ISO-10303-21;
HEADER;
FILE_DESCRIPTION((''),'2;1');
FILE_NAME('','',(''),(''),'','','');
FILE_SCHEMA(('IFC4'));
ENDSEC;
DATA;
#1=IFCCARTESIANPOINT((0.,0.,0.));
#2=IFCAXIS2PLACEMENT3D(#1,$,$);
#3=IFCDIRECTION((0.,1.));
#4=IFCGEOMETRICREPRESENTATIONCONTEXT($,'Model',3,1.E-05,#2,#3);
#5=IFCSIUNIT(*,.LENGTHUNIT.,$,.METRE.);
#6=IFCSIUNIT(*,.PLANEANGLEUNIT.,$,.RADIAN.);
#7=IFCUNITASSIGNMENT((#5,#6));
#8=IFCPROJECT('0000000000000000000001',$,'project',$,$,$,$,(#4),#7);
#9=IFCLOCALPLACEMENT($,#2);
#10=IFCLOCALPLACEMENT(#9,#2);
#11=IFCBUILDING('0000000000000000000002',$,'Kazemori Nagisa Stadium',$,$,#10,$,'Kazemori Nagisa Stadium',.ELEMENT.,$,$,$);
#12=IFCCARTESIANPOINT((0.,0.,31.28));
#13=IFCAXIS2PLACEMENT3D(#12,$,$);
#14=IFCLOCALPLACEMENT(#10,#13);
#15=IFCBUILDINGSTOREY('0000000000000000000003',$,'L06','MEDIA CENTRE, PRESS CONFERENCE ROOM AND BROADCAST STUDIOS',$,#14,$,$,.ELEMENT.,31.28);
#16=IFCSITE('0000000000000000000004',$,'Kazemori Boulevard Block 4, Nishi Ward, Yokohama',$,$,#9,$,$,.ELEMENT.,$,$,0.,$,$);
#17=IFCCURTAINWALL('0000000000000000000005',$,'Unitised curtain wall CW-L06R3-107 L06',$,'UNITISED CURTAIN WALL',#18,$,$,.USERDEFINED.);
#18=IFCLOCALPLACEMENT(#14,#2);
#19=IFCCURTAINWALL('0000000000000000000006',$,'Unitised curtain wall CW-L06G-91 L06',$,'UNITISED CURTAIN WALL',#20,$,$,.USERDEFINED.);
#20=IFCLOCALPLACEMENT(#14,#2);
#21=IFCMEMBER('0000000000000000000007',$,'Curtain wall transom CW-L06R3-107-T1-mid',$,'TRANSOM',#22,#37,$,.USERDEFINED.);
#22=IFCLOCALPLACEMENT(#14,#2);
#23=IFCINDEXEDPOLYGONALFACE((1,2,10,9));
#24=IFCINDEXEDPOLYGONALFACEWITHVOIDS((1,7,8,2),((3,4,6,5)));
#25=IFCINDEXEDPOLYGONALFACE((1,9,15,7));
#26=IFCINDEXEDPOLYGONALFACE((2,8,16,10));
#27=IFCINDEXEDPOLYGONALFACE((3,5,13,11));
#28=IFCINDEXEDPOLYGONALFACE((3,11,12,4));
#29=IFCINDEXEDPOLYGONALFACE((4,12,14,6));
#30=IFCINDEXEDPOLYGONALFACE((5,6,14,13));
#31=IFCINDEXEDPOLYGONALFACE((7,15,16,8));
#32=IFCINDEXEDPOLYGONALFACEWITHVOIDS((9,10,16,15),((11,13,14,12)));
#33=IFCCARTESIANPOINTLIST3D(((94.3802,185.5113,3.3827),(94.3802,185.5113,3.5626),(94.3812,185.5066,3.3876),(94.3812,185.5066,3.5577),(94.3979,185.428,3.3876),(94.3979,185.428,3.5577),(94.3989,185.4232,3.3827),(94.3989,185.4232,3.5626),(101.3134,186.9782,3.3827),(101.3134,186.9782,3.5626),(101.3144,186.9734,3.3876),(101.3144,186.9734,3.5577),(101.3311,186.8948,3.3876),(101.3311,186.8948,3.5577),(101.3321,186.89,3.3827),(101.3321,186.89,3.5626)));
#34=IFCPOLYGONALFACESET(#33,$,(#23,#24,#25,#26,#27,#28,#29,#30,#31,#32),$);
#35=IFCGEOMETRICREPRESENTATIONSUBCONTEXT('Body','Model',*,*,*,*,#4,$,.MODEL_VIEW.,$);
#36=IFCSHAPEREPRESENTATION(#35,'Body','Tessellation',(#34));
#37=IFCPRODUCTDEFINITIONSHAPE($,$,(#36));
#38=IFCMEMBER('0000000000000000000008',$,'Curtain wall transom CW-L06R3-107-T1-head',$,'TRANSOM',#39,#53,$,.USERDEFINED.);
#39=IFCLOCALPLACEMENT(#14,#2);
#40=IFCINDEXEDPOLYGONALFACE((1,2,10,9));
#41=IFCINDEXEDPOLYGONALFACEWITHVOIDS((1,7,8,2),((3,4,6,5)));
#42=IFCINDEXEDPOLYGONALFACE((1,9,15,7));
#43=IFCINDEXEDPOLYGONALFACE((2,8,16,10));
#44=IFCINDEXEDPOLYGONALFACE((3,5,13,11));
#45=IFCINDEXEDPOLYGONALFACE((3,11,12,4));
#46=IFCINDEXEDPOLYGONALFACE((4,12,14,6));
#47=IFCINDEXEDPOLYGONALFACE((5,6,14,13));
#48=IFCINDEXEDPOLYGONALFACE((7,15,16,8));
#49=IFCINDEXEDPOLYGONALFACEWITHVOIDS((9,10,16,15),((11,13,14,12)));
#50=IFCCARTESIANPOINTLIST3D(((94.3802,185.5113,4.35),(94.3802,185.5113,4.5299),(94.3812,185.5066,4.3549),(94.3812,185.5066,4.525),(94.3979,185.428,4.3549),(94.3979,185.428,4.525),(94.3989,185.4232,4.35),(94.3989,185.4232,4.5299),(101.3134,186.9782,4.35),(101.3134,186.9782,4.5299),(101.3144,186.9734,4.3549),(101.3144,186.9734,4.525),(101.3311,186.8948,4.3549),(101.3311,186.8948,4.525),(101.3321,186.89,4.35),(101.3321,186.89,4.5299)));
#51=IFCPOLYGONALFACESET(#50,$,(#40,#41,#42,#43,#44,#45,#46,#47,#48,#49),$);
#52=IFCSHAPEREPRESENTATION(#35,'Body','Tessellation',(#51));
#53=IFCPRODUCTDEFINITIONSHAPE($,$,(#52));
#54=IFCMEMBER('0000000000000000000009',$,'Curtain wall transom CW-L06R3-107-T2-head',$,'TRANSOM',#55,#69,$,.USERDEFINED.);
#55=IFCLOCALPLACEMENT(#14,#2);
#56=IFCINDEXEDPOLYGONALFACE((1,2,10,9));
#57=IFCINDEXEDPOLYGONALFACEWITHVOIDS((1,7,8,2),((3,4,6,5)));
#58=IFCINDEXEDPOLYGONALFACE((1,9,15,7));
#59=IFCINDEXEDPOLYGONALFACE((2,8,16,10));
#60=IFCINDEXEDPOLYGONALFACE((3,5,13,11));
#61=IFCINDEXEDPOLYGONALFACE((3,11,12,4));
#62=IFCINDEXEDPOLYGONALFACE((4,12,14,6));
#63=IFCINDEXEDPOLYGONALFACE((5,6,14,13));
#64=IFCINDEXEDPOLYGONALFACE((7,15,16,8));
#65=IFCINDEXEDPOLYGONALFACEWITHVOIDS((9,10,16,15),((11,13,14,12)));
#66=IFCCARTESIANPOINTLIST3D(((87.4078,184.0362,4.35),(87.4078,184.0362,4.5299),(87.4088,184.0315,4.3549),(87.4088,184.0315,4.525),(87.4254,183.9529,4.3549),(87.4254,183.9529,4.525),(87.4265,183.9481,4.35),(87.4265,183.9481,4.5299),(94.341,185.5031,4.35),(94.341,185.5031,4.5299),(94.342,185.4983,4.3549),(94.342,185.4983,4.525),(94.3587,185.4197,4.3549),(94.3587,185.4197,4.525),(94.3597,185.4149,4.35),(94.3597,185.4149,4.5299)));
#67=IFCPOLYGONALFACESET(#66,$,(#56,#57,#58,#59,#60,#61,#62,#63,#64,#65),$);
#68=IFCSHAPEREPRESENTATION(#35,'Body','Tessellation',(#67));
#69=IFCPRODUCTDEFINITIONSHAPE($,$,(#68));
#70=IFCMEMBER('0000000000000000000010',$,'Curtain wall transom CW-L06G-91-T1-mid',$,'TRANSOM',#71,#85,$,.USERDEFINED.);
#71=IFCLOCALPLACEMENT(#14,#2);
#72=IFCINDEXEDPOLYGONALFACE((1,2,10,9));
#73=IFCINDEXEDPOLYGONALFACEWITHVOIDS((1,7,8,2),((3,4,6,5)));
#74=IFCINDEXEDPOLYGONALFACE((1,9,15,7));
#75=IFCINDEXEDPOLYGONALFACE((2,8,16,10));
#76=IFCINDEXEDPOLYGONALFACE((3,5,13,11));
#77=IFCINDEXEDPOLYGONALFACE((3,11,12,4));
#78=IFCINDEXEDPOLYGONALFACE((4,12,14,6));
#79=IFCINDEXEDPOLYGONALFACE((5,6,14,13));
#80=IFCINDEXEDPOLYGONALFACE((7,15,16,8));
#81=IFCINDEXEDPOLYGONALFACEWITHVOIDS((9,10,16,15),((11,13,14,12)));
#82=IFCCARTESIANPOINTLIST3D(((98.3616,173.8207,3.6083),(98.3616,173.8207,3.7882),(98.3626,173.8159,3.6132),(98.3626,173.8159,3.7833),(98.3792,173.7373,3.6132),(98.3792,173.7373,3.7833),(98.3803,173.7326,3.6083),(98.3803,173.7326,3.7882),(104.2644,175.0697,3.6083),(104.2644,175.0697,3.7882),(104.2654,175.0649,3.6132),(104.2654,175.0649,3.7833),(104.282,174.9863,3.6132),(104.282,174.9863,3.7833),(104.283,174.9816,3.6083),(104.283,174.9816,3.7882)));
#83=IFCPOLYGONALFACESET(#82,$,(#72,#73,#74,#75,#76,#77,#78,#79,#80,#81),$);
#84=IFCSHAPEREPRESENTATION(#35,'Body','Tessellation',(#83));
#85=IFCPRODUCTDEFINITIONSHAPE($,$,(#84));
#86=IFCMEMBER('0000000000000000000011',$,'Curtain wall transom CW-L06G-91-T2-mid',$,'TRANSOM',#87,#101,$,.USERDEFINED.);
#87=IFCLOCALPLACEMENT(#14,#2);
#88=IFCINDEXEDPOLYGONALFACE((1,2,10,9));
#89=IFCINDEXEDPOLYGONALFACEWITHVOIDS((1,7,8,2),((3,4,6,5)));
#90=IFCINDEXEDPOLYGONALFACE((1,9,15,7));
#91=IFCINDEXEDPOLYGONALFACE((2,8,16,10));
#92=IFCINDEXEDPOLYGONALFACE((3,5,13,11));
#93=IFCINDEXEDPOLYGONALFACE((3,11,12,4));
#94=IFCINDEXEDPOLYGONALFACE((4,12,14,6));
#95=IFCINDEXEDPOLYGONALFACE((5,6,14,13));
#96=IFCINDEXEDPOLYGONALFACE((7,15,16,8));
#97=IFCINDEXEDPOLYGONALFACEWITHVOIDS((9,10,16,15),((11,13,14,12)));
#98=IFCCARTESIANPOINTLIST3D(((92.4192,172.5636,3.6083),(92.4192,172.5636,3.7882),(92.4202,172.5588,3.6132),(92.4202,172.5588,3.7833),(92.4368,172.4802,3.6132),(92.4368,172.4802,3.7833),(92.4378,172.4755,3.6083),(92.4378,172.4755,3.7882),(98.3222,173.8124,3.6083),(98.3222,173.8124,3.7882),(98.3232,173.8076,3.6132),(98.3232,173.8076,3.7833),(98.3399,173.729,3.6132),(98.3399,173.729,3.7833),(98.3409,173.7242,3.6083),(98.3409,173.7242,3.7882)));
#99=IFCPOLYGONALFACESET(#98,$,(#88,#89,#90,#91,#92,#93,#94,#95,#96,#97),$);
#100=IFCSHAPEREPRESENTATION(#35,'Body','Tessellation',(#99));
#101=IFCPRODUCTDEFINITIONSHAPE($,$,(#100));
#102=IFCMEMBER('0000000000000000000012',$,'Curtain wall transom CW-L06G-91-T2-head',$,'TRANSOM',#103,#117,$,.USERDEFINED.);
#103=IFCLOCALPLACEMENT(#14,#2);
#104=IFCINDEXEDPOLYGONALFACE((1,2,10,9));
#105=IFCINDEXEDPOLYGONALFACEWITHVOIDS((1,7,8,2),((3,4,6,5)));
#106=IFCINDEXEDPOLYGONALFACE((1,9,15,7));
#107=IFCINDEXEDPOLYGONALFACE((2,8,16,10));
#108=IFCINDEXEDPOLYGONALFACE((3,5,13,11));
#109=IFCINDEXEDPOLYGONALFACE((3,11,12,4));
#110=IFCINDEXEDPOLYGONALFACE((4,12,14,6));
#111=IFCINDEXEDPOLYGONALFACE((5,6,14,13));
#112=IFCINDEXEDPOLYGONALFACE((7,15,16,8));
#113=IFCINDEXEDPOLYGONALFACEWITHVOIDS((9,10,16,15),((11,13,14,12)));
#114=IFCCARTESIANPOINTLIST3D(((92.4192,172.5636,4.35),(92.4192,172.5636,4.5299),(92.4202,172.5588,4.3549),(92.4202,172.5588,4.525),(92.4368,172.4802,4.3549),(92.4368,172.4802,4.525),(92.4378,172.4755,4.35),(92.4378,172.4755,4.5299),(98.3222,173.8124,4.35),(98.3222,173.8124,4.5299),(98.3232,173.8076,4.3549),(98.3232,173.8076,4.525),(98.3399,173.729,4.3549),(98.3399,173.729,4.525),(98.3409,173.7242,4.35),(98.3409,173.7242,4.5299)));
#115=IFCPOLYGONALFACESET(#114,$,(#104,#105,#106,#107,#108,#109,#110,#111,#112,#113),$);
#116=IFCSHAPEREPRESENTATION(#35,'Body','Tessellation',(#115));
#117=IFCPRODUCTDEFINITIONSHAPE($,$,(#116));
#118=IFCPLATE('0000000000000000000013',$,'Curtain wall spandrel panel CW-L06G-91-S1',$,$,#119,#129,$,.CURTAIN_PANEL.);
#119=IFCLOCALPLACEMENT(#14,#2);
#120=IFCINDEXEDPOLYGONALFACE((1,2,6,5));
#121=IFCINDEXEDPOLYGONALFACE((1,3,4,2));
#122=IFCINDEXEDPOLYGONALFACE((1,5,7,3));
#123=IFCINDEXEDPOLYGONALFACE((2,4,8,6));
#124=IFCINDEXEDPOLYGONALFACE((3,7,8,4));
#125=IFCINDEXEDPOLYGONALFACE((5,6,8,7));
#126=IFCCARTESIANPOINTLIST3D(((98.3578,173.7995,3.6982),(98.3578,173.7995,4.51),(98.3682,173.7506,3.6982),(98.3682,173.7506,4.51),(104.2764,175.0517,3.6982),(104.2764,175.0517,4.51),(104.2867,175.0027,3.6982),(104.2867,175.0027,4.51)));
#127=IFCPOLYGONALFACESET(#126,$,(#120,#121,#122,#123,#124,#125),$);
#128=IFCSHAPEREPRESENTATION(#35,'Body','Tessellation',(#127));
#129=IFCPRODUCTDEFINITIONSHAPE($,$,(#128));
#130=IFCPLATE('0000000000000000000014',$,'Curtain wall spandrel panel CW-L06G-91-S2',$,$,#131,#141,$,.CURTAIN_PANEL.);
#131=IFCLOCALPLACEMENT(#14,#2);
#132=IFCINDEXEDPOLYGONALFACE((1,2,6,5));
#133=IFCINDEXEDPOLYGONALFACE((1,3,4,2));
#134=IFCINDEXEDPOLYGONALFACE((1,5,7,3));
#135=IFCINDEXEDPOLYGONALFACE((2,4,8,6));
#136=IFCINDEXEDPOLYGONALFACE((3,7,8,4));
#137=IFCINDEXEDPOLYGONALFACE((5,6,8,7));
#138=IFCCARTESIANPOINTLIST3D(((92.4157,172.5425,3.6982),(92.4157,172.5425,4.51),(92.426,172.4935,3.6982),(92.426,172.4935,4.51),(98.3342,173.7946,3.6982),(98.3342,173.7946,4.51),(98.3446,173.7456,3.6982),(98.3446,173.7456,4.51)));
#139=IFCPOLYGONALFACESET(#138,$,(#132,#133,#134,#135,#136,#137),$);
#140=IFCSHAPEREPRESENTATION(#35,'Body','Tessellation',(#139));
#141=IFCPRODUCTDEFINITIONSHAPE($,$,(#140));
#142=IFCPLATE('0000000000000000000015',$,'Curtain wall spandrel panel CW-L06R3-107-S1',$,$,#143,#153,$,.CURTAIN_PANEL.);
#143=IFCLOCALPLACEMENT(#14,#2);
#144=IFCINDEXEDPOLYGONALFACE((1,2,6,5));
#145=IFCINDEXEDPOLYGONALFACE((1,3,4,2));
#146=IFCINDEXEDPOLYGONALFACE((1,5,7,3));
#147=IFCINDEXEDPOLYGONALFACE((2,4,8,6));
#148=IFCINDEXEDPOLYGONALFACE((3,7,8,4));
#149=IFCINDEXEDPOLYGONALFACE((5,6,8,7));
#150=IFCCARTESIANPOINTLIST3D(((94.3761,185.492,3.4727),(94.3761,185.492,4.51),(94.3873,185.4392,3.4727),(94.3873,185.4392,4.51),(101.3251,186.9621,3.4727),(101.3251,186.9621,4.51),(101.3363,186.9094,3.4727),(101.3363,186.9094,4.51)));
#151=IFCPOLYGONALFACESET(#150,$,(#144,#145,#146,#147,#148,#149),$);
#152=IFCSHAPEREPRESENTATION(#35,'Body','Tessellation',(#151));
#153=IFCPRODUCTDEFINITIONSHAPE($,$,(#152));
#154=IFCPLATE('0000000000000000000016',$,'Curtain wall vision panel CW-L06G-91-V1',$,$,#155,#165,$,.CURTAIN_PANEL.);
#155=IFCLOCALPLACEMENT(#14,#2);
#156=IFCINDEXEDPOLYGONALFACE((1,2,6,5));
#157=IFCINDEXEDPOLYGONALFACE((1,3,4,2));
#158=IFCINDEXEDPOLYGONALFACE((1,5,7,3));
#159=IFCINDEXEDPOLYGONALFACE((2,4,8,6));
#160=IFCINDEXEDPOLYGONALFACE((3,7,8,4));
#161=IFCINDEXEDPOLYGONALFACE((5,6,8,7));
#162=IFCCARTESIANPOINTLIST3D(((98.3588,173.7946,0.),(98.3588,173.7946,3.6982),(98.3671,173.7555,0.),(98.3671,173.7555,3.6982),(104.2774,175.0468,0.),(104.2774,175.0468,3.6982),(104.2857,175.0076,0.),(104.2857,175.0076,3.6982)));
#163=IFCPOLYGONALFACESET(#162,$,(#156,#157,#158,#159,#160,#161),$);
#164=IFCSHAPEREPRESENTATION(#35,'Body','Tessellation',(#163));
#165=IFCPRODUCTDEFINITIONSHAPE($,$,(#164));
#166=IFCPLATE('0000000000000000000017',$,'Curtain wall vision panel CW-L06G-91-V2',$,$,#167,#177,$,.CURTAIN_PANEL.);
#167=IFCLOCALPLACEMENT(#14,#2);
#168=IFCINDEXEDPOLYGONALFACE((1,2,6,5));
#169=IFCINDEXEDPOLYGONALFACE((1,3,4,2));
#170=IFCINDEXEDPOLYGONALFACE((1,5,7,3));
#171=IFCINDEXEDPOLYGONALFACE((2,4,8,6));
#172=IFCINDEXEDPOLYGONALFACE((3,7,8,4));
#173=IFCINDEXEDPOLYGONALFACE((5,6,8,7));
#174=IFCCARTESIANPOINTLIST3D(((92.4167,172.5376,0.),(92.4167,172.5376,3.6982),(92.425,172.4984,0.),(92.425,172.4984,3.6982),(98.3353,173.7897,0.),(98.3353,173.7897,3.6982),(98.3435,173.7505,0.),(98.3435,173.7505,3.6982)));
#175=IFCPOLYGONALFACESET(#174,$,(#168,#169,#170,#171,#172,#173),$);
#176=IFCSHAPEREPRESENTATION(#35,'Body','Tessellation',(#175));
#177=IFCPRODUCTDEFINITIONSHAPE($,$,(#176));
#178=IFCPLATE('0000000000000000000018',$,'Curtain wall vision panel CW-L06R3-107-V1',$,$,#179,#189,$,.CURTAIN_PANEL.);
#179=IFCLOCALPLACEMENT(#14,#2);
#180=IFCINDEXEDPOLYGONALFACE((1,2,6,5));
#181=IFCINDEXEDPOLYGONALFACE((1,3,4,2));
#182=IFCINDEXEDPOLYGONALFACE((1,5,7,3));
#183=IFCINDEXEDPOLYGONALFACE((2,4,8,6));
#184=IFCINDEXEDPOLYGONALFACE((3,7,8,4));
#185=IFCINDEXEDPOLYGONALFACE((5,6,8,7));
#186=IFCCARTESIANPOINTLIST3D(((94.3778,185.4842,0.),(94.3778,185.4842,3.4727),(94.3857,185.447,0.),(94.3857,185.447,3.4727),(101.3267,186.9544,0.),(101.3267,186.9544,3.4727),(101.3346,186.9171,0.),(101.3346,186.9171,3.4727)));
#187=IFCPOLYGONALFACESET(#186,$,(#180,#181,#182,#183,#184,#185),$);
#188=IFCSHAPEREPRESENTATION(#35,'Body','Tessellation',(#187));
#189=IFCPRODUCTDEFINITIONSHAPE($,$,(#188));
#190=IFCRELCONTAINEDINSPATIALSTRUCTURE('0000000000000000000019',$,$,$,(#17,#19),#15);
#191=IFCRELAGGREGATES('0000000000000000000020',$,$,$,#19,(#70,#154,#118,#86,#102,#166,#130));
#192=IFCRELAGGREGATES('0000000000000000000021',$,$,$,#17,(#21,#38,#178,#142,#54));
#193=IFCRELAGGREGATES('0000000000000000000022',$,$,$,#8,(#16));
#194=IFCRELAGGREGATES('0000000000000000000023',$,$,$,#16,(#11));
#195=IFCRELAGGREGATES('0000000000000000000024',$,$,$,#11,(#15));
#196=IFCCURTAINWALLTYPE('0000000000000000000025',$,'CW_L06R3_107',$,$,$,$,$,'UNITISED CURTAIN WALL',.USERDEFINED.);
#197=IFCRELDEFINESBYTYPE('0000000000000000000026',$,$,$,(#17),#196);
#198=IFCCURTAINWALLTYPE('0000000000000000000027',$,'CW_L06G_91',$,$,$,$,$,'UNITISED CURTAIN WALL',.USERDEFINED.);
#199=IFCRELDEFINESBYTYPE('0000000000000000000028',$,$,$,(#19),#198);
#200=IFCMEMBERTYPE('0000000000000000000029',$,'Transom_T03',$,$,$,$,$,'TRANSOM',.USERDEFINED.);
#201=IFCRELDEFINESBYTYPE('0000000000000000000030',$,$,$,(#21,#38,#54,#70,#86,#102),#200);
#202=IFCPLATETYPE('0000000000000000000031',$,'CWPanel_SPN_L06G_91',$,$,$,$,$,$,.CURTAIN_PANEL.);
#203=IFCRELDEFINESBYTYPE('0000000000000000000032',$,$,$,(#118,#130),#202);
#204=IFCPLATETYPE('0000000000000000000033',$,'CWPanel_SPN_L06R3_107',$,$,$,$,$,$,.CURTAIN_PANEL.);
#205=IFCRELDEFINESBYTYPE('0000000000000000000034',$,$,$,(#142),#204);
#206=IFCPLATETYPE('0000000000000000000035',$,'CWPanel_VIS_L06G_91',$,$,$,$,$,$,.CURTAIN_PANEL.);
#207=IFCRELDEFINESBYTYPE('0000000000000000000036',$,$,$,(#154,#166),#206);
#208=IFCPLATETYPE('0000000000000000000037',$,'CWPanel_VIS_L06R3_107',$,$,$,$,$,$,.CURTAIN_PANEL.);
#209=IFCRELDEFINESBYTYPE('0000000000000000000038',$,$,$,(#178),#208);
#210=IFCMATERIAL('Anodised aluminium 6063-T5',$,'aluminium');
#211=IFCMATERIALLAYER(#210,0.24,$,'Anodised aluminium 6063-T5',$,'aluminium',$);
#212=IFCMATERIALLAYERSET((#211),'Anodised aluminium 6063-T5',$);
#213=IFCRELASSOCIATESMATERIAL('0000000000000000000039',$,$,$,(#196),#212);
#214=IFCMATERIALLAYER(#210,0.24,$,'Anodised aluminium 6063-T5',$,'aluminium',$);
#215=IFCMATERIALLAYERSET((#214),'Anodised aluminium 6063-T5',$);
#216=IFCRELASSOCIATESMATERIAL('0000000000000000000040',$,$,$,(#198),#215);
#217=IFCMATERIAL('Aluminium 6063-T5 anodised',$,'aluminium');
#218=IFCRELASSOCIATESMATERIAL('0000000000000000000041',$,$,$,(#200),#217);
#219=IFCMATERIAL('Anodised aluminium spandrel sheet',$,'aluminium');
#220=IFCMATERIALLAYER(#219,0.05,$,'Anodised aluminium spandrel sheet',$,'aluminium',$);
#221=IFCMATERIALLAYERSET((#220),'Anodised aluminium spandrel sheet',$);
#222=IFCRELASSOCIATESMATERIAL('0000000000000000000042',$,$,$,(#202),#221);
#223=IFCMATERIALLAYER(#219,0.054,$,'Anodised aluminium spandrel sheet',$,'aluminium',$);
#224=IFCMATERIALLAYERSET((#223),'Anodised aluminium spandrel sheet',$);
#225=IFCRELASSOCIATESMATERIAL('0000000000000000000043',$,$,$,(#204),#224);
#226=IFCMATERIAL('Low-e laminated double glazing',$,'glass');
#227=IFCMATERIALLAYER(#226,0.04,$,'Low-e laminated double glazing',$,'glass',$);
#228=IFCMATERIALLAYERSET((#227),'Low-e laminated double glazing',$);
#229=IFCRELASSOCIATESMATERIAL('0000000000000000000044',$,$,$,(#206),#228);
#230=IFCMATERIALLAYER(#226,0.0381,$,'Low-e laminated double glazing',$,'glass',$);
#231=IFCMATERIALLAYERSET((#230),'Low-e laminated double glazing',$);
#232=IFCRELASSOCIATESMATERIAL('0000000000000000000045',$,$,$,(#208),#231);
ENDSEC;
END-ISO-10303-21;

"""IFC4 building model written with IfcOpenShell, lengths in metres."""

from ifc_helpers import new_model, si_unit, direction, frame, origin, origin_2d, place, context, subcontext, project, spatial, rectangle, hollow_rectangle, extrude, material, layer, layer_set, material_profile, profile_set, type_object, element, aggregate, save


model = new_model("IFC4")

# Units and contexts
model_context = context("Model", 3, precision=1e-05, world=origin(), true_north=direction((0.0, 1.0)))
body_context = subcontext(model_context, "Body", "Model", "MODEL_VIEW")
ifc_project = project(units=[si_unit("LENGTHUNIT", "METRE"), si_unit("PLANEANGLEUNIT", "RADIAN")], contexts=[model_context])

# Site, building, storey
site_placement = place(None, origin())
site = spatial("IfcSite", under=ifc_project, at=site_placement, Name="Kazemori Boulevard Block 4, Nishi Ward, Yokohama", CompositionType="ELEMENT", RefElevation=0.0)
building_placement = place(site_placement, origin())
building = spatial("IfcBuilding", under=site, at=building_placement, Name="Kazemori Nagisa Stadium", LongName="Kazemori Nagisa Stadium", CompositionType="ELEMENT")
storey_placement = place(building_placement, frame((0.0, 0.0, 31.28)))
storey = spatial("IfcBuildingStorey", under=building, at=storey_placement, Name="L06", Description="MEDIA CENTRE, PRESS CONFERENCE ROOM AND BROADCAST STUDIOS", CompositionType="ELEMENT", Elevation=31.28)

# Shared definitions
ifc_material_1 = material(Name="Anodised aluminium 6063-T5", Category="aluminium")
ifc_material_2 = material(Name="Aluminium 6063-T5 anodised", Category="aluminium")

# Curtain wall
ifc_layer_1 = layer(ifc_material_1, 0.24, Name="Anodised aluminium 6063-T5", Category="aluminium")
ifc_layer_set_1 = layer_set([ifc_layer_1], Name="Anodised aluminium 6063-T5")
curtain_wall_type_1 = type_object("IfcCurtainWallType", Name="CW_L06R3_107", ElementType="UNITISED CURTAIN WALL", PredefinedType="USERDEFINED", material=ifc_layer_set_1)
curtain_wall_1_placement = place(storey_placement, origin())
curtain_wall_1 = element("IfcCurtainWall", 1, at=curtain_wall_1_placement, inside=storey, type_object=curtain_wall_type_1, Name="Unitised curtain wall CW-L06R3-107 L06", ObjectType="UNITISED CURTAIN WALL", PredefinedType="USERDEFINED")

# Curtain wall
ifc_layer_2 = layer(ifc_material_1, 0.24, Name="Anodised aluminium 6063-T5", Category="aluminium")
ifc_layer_set_2 = layer_set([ifc_layer_2], Name="Anodised aluminium 6063-T5")
curtain_wall_type_2 = type_object("IfcCurtainWallType", Name="CW_L06G_91", ElementType="UNITISED CURTAIN WALL", PredefinedType="USERDEFINED", material=ifc_layer_set_2)
curtain_wall_2_placement = place(storey_placement, origin())
curtain_wall_2 = element("IfcCurtainWall", 2, at=curtain_wall_2_placement, inside=storey, type_object=curtain_wall_type_2, Name="Unitised curtain wall CW-L06G-91 L06", ObjectType="UNITISED CURTAIN WALL", PredefinedType="USERDEFINED")

# Members
ifc_material_profile_1 = material_profile(ifc_material_2, hollow_rectangle(XDim=0.0901, YDim=0.1799, WallThickness=0.0049, at=origin_2d()), Name="ALU-TRAN-90x180x5")
ifc_profile_set_1 = profile_set([ifc_material_profile_1], Name="Aluminium 6063-T5 anodised")
member_type_1 = type_object("IfcMemberType", Name="Transom_T03", ElementType="TRANSOM", PredefinedType="USERDEFINED", material=ifc_profile_set_1)
member_1_placement = place(storey_placement, frame((101.3228, 186.9341, 3.4727), z_axis=(-0.978345, -0.206983, 0.0), x_axis=(0.206983, -0.978345, 0.0)))
member_1 = element("IfcMember", 3, at=member_1_placement, type_object=member_type_1, Name="Curtain wall transom CW-L06R3-107-T1-mid", ObjectType="TRANSOM", PredefinedType="USERDEFINED", context=body_context, shape_type="SweptSolid", body=[
    extrude(hollow_rectangle(XDim=0.0901, YDim=0.1799, WallThickness=0.0049, at=origin_2d()), origin(), (0.0, 0.0, 1.0), 7.0867),
])
member_2_placement = place(storey_placement, frame((101.3228, 186.9341, 4.4399), z_axis=(-0.978345, -0.206983, 0.0), x_axis=(0.206983, -0.978345, 0.0)))
member_2 = element("IfcMember", 4, at=member_2_placement, type_object=member_type_1, Name="Curtain wall transom CW-L06R3-107-T1-head", ObjectType="TRANSOM", PredefinedType="USERDEFINED", context=body_context, shape_type="SweptSolid", body=[
    extrude(hollow_rectangle(XDim=0.0901, YDim=0.1799, WallThickness=0.0049, at=origin_2d()), origin(), (0.0, 0.0, 1.0), 7.0867),
])
member_3_placement = place(storey_placement, frame((94.3503, 185.459, 4.4399), z_axis=(-0.978345, -0.206983, 0.0), x_axis=(0.206983, -0.978345, 0.0)))
member_3 = element("IfcMember", 5, at=member_3_placement, type_object=member_type_1, Name="Curtain wall transom CW-L06R3-107-T2-head", ObjectType="TRANSOM", PredefinedType="USERDEFINED", context=body_context, shape_type="SweptSolid", body=[
    extrude(hollow_rectangle(XDim=0.0901, YDim=0.1799, WallThickness=0.0049, at=origin_2d()), origin(), (0.0, 0.0, 1.0), 7.0867),
])
member_4_placement = place(storey_placement, frame((104.2737, 175.0256, 3.6982), z_axis=(-0.978338, -0.207014, 0.0), x_axis=(0.207014, -0.978338, 0.0)))
member_4 = element("IfcMember", 6, at=member_4_placement, type_object=member_type_1, Name="Curtain wall transom CW-L06G-91-T1-mid", ObjectType="TRANSOM", PredefinedType="USERDEFINED", context=body_context, shape_type="SweptSolid", body=[
    extrude(hollow_rectangle(XDim=0.0901, YDim=0.1799, WallThickness=0.0049, at=origin_2d()), origin(), (0.0, 0.0, 1.0), 6.0334),
])
member_5_placement = place(storey_placement, frame((98.3315, 173.7683, 3.6982), z_axis=(-0.978348, -0.206967, 0.0), x_axis=(0.206967, -0.978348, 0.0)))
member_5 = element("IfcMember", 7, at=member_5_placement, type_object=member_type_1, Name="Curtain wall transom CW-L06G-91-T2-mid", ObjectType="TRANSOM", PredefinedType="USERDEFINED", context=body_context, shape_type="SweptSolid", body=[
    extrude(hollow_rectangle(XDim=0.0901, YDim=0.1799, WallThickness=0.0049, at=origin_2d()), origin(), (0.0, 0.0, 1.0), 6.0337),
])
member_6_placement = place(storey_placement, frame((98.3315, 173.7683, 4.4399), z_axis=(-0.978348, -0.206967, 0.0), x_axis=(0.206967, -0.978348, 0.0)))
member_6 = element("IfcMember", 8, at=member_6_placement, type_object=member_type_1, Name="Curtain wall transom CW-L06G-91-T2-head", ObjectType="TRANSOM", PredefinedType="USERDEFINED", context=body_context, shape_type="SweptSolid", body=[
    extrude(hollow_rectangle(XDim=0.0901, YDim=0.1799, WallThickness=0.0049, at=origin_2d()), origin(), (0.0, 0.0, 1.0), 6.0337),
])

# Plates
ifc_material_3 = material(Name="Anodised aluminium spandrel sheet", Category="aluminium")
ifc_layer_3 = layer(ifc_material_3, 0.05, Name="Anodised aluminium spandrel sheet", Category="aluminium")
ifc_layer_set_3 = layer_set([ifc_layer_3], Name="Anodised aluminium spandrel sheet")
plate_type_1 = type_object("IfcPlateType", Name="CWPanel_SPN_L06G_91", PredefinedType="CURTAIN_PANEL", material=ifc_layer_set_3)
plate_1_placement = place(storey_placement, frame((101.3223, 174.4011, 3.6982), z_axis=(0.0, 0.0, 1.0), x_axis=(-0.978345, -0.206981, 0.0)))
plate_1 = element("IfcPlate", 9, at=plate_1_placement, type_object=plate_type_1, Name="Curtain wall spandrel panel CW-L06G-91-S1", PredefinedType="CURTAIN_PANEL", context=body_context, shape_type="SweptSolid", body=[
    extrude(rectangle(XDim=6.0496, YDim=0.05, at=origin_2d()), origin(), (0.0, 0.0, 1.0), 0.8118),
])
plate_2_placement = place(storey_placement, frame((95.3801, 173.144, 3.6982), z_axis=(0.0, 0.0, 1.0), x_axis=(-0.978345, -0.206981, 0.0)))
plate_2 = element("IfcPlate", 10, at=plate_2_placement, type_object=plate_type_1, Name="Curtain wall spandrel panel CW-L06G-91-S2", PredefinedType="CURTAIN_PANEL", context=body_context, shape_type="SweptSolid", body=[
    extrude(rectangle(XDim=6.0496, YDim=0.05, at=origin_2d()), origin(), (0.0, 0.0, 1.0), 0.8118),
])
ifc_layer_4 = layer(ifc_material_3, 0.054, Name="Anodised aluminium spandrel sheet", Category="aluminium")
ifc_layer_set_4 = layer_set([ifc_layer_4], Name="Anodised aluminium spandrel sheet")
plate_type_2 = type_object("IfcPlateType", Name="CWPanel_SPN_L06R3_107", PredefinedType="CURTAIN_PANEL", material=ifc_layer_set_4)
plate_3_placement = place(storey_placement, frame((97.8562, 186.2007, 3.4727), z_axis=(0.0, 0.0, 1.0), x_axis=(-0.978345, -0.206981, 0.0)))
plate_3 = element("IfcPlate", 11, at=plate_3_placement, type_object=plate_type_2, Name="Curtain wall spandrel panel CW-L06R3-107-S1", PredefinedType="CURTAIN_PANEL", context=body_context, shape_type="SweptSolid", body=[
    extrude(rectangle(XDim=7.1028, YDim=0.054, at=origin_2d()), origin(), (0.0, 0.0, 1.0), 1.0374),
])
ifc_material_4 = material(Name="Low-e laminated double glazing", Category="glass")
ifc_layer_5 = layer(ifc_material_4, 0.04, Name="Low-e laminated double glazing", Category="glass")
ifc_layer_set_5 = layer_set([ifc_layer_5], Name="Low-e laminated double glazing")
plate_type_3 = type_object("IfcPlateType", Name="CWPanel_VIS_L06G_91", PredefinedType="CURTAIN_PANEL", material=ifc_layer_set_5)
plate_4_placement = place(storey_placement, frame((101.3223, 174.4011, 0.0), z_axis=(0.0, 0.0, 1.0), x_axis=(-0.978345, -0.206981, 0.0)))
plate_4 = element("IfcPlate", 12, at=plate_4_placement, type_object=plate_type_3, Name="Curtain wall vision panel CW-L06G-91-V1", PredefinedType="CURTAIN_PANEL", context=body_context, shape_type="SweptSolid", body=[
    extrude(rectangle(XDim=6.0496, YDim=0.04, at=origin_2d()), origin(), (0.0, 0.0, 1.0), 3.6982),
])
plate_5_placement = place(storey_placement, frame((95.3801, 173.144, 0.0), z_axis=(0.0, 0.0, 1.0), x_axis=(-0.978345, -0.206981, 0.0)))
plate_5 = element("IfcPlate", 13, at=plate_5_placement, type_object=plate_type_3, Name="Curtain wall vision panel CW-L06G-91-V2", PredefinedType="CURTAIN_PANEL", context=body_context, shape_type="SweptSolid", body=[
    extrude(rectangle(XDim=6.0496, YDim=0.04, at=origin_2d()), origin(), (0.0, 0.0, 1.0), 3.6982),
])
aggregate(curtain_wall_2, [member_4, plate_4, plate_1, member_5, member_6, plate_5, plate_2])
ifc_layer_6 = layer(ifc_material_4, 0.0381, Name="Low-e laminated double glazing", Category="glass")
ifc_layer_set_6 = layer_set([ifc_layer_6], Name="Low-e laminated double glazing")
plate_type_4 = type_object("IfcPlateType", Name="CWPanel_VIS_L06R3_107", PredefinedType="CURTAIN_PANEL", material=ifc_layer_set_6)
plate_6_placement = place(storey_placement, frame((97.8562, 186.2007, 0.0), z_axis=(0.0, 0.0, 1.0), x_axis=(-0.978345, -0.206981, 0.0)))
plate_6 = element("IfcPlate", 14, at=plate_6_placement, type_object=plate_type_4, Name="Curtain wall vision panel CW-L06R3-107-V1", PredefinedType="CURTAIN_PANEL", context=body_context, shape_type="SweptSolid", body=[
    extrude(rectangle(XDim=7.1028, YDim=0.0381, at=origin_2d()), origin(), (0.0, 0.0, 1.0), 3.4727),
])
aggregate(curtain_wall_1, [member_1, member_2, plate_6, plate_3, member_3])

save(model, "model.ifc")
